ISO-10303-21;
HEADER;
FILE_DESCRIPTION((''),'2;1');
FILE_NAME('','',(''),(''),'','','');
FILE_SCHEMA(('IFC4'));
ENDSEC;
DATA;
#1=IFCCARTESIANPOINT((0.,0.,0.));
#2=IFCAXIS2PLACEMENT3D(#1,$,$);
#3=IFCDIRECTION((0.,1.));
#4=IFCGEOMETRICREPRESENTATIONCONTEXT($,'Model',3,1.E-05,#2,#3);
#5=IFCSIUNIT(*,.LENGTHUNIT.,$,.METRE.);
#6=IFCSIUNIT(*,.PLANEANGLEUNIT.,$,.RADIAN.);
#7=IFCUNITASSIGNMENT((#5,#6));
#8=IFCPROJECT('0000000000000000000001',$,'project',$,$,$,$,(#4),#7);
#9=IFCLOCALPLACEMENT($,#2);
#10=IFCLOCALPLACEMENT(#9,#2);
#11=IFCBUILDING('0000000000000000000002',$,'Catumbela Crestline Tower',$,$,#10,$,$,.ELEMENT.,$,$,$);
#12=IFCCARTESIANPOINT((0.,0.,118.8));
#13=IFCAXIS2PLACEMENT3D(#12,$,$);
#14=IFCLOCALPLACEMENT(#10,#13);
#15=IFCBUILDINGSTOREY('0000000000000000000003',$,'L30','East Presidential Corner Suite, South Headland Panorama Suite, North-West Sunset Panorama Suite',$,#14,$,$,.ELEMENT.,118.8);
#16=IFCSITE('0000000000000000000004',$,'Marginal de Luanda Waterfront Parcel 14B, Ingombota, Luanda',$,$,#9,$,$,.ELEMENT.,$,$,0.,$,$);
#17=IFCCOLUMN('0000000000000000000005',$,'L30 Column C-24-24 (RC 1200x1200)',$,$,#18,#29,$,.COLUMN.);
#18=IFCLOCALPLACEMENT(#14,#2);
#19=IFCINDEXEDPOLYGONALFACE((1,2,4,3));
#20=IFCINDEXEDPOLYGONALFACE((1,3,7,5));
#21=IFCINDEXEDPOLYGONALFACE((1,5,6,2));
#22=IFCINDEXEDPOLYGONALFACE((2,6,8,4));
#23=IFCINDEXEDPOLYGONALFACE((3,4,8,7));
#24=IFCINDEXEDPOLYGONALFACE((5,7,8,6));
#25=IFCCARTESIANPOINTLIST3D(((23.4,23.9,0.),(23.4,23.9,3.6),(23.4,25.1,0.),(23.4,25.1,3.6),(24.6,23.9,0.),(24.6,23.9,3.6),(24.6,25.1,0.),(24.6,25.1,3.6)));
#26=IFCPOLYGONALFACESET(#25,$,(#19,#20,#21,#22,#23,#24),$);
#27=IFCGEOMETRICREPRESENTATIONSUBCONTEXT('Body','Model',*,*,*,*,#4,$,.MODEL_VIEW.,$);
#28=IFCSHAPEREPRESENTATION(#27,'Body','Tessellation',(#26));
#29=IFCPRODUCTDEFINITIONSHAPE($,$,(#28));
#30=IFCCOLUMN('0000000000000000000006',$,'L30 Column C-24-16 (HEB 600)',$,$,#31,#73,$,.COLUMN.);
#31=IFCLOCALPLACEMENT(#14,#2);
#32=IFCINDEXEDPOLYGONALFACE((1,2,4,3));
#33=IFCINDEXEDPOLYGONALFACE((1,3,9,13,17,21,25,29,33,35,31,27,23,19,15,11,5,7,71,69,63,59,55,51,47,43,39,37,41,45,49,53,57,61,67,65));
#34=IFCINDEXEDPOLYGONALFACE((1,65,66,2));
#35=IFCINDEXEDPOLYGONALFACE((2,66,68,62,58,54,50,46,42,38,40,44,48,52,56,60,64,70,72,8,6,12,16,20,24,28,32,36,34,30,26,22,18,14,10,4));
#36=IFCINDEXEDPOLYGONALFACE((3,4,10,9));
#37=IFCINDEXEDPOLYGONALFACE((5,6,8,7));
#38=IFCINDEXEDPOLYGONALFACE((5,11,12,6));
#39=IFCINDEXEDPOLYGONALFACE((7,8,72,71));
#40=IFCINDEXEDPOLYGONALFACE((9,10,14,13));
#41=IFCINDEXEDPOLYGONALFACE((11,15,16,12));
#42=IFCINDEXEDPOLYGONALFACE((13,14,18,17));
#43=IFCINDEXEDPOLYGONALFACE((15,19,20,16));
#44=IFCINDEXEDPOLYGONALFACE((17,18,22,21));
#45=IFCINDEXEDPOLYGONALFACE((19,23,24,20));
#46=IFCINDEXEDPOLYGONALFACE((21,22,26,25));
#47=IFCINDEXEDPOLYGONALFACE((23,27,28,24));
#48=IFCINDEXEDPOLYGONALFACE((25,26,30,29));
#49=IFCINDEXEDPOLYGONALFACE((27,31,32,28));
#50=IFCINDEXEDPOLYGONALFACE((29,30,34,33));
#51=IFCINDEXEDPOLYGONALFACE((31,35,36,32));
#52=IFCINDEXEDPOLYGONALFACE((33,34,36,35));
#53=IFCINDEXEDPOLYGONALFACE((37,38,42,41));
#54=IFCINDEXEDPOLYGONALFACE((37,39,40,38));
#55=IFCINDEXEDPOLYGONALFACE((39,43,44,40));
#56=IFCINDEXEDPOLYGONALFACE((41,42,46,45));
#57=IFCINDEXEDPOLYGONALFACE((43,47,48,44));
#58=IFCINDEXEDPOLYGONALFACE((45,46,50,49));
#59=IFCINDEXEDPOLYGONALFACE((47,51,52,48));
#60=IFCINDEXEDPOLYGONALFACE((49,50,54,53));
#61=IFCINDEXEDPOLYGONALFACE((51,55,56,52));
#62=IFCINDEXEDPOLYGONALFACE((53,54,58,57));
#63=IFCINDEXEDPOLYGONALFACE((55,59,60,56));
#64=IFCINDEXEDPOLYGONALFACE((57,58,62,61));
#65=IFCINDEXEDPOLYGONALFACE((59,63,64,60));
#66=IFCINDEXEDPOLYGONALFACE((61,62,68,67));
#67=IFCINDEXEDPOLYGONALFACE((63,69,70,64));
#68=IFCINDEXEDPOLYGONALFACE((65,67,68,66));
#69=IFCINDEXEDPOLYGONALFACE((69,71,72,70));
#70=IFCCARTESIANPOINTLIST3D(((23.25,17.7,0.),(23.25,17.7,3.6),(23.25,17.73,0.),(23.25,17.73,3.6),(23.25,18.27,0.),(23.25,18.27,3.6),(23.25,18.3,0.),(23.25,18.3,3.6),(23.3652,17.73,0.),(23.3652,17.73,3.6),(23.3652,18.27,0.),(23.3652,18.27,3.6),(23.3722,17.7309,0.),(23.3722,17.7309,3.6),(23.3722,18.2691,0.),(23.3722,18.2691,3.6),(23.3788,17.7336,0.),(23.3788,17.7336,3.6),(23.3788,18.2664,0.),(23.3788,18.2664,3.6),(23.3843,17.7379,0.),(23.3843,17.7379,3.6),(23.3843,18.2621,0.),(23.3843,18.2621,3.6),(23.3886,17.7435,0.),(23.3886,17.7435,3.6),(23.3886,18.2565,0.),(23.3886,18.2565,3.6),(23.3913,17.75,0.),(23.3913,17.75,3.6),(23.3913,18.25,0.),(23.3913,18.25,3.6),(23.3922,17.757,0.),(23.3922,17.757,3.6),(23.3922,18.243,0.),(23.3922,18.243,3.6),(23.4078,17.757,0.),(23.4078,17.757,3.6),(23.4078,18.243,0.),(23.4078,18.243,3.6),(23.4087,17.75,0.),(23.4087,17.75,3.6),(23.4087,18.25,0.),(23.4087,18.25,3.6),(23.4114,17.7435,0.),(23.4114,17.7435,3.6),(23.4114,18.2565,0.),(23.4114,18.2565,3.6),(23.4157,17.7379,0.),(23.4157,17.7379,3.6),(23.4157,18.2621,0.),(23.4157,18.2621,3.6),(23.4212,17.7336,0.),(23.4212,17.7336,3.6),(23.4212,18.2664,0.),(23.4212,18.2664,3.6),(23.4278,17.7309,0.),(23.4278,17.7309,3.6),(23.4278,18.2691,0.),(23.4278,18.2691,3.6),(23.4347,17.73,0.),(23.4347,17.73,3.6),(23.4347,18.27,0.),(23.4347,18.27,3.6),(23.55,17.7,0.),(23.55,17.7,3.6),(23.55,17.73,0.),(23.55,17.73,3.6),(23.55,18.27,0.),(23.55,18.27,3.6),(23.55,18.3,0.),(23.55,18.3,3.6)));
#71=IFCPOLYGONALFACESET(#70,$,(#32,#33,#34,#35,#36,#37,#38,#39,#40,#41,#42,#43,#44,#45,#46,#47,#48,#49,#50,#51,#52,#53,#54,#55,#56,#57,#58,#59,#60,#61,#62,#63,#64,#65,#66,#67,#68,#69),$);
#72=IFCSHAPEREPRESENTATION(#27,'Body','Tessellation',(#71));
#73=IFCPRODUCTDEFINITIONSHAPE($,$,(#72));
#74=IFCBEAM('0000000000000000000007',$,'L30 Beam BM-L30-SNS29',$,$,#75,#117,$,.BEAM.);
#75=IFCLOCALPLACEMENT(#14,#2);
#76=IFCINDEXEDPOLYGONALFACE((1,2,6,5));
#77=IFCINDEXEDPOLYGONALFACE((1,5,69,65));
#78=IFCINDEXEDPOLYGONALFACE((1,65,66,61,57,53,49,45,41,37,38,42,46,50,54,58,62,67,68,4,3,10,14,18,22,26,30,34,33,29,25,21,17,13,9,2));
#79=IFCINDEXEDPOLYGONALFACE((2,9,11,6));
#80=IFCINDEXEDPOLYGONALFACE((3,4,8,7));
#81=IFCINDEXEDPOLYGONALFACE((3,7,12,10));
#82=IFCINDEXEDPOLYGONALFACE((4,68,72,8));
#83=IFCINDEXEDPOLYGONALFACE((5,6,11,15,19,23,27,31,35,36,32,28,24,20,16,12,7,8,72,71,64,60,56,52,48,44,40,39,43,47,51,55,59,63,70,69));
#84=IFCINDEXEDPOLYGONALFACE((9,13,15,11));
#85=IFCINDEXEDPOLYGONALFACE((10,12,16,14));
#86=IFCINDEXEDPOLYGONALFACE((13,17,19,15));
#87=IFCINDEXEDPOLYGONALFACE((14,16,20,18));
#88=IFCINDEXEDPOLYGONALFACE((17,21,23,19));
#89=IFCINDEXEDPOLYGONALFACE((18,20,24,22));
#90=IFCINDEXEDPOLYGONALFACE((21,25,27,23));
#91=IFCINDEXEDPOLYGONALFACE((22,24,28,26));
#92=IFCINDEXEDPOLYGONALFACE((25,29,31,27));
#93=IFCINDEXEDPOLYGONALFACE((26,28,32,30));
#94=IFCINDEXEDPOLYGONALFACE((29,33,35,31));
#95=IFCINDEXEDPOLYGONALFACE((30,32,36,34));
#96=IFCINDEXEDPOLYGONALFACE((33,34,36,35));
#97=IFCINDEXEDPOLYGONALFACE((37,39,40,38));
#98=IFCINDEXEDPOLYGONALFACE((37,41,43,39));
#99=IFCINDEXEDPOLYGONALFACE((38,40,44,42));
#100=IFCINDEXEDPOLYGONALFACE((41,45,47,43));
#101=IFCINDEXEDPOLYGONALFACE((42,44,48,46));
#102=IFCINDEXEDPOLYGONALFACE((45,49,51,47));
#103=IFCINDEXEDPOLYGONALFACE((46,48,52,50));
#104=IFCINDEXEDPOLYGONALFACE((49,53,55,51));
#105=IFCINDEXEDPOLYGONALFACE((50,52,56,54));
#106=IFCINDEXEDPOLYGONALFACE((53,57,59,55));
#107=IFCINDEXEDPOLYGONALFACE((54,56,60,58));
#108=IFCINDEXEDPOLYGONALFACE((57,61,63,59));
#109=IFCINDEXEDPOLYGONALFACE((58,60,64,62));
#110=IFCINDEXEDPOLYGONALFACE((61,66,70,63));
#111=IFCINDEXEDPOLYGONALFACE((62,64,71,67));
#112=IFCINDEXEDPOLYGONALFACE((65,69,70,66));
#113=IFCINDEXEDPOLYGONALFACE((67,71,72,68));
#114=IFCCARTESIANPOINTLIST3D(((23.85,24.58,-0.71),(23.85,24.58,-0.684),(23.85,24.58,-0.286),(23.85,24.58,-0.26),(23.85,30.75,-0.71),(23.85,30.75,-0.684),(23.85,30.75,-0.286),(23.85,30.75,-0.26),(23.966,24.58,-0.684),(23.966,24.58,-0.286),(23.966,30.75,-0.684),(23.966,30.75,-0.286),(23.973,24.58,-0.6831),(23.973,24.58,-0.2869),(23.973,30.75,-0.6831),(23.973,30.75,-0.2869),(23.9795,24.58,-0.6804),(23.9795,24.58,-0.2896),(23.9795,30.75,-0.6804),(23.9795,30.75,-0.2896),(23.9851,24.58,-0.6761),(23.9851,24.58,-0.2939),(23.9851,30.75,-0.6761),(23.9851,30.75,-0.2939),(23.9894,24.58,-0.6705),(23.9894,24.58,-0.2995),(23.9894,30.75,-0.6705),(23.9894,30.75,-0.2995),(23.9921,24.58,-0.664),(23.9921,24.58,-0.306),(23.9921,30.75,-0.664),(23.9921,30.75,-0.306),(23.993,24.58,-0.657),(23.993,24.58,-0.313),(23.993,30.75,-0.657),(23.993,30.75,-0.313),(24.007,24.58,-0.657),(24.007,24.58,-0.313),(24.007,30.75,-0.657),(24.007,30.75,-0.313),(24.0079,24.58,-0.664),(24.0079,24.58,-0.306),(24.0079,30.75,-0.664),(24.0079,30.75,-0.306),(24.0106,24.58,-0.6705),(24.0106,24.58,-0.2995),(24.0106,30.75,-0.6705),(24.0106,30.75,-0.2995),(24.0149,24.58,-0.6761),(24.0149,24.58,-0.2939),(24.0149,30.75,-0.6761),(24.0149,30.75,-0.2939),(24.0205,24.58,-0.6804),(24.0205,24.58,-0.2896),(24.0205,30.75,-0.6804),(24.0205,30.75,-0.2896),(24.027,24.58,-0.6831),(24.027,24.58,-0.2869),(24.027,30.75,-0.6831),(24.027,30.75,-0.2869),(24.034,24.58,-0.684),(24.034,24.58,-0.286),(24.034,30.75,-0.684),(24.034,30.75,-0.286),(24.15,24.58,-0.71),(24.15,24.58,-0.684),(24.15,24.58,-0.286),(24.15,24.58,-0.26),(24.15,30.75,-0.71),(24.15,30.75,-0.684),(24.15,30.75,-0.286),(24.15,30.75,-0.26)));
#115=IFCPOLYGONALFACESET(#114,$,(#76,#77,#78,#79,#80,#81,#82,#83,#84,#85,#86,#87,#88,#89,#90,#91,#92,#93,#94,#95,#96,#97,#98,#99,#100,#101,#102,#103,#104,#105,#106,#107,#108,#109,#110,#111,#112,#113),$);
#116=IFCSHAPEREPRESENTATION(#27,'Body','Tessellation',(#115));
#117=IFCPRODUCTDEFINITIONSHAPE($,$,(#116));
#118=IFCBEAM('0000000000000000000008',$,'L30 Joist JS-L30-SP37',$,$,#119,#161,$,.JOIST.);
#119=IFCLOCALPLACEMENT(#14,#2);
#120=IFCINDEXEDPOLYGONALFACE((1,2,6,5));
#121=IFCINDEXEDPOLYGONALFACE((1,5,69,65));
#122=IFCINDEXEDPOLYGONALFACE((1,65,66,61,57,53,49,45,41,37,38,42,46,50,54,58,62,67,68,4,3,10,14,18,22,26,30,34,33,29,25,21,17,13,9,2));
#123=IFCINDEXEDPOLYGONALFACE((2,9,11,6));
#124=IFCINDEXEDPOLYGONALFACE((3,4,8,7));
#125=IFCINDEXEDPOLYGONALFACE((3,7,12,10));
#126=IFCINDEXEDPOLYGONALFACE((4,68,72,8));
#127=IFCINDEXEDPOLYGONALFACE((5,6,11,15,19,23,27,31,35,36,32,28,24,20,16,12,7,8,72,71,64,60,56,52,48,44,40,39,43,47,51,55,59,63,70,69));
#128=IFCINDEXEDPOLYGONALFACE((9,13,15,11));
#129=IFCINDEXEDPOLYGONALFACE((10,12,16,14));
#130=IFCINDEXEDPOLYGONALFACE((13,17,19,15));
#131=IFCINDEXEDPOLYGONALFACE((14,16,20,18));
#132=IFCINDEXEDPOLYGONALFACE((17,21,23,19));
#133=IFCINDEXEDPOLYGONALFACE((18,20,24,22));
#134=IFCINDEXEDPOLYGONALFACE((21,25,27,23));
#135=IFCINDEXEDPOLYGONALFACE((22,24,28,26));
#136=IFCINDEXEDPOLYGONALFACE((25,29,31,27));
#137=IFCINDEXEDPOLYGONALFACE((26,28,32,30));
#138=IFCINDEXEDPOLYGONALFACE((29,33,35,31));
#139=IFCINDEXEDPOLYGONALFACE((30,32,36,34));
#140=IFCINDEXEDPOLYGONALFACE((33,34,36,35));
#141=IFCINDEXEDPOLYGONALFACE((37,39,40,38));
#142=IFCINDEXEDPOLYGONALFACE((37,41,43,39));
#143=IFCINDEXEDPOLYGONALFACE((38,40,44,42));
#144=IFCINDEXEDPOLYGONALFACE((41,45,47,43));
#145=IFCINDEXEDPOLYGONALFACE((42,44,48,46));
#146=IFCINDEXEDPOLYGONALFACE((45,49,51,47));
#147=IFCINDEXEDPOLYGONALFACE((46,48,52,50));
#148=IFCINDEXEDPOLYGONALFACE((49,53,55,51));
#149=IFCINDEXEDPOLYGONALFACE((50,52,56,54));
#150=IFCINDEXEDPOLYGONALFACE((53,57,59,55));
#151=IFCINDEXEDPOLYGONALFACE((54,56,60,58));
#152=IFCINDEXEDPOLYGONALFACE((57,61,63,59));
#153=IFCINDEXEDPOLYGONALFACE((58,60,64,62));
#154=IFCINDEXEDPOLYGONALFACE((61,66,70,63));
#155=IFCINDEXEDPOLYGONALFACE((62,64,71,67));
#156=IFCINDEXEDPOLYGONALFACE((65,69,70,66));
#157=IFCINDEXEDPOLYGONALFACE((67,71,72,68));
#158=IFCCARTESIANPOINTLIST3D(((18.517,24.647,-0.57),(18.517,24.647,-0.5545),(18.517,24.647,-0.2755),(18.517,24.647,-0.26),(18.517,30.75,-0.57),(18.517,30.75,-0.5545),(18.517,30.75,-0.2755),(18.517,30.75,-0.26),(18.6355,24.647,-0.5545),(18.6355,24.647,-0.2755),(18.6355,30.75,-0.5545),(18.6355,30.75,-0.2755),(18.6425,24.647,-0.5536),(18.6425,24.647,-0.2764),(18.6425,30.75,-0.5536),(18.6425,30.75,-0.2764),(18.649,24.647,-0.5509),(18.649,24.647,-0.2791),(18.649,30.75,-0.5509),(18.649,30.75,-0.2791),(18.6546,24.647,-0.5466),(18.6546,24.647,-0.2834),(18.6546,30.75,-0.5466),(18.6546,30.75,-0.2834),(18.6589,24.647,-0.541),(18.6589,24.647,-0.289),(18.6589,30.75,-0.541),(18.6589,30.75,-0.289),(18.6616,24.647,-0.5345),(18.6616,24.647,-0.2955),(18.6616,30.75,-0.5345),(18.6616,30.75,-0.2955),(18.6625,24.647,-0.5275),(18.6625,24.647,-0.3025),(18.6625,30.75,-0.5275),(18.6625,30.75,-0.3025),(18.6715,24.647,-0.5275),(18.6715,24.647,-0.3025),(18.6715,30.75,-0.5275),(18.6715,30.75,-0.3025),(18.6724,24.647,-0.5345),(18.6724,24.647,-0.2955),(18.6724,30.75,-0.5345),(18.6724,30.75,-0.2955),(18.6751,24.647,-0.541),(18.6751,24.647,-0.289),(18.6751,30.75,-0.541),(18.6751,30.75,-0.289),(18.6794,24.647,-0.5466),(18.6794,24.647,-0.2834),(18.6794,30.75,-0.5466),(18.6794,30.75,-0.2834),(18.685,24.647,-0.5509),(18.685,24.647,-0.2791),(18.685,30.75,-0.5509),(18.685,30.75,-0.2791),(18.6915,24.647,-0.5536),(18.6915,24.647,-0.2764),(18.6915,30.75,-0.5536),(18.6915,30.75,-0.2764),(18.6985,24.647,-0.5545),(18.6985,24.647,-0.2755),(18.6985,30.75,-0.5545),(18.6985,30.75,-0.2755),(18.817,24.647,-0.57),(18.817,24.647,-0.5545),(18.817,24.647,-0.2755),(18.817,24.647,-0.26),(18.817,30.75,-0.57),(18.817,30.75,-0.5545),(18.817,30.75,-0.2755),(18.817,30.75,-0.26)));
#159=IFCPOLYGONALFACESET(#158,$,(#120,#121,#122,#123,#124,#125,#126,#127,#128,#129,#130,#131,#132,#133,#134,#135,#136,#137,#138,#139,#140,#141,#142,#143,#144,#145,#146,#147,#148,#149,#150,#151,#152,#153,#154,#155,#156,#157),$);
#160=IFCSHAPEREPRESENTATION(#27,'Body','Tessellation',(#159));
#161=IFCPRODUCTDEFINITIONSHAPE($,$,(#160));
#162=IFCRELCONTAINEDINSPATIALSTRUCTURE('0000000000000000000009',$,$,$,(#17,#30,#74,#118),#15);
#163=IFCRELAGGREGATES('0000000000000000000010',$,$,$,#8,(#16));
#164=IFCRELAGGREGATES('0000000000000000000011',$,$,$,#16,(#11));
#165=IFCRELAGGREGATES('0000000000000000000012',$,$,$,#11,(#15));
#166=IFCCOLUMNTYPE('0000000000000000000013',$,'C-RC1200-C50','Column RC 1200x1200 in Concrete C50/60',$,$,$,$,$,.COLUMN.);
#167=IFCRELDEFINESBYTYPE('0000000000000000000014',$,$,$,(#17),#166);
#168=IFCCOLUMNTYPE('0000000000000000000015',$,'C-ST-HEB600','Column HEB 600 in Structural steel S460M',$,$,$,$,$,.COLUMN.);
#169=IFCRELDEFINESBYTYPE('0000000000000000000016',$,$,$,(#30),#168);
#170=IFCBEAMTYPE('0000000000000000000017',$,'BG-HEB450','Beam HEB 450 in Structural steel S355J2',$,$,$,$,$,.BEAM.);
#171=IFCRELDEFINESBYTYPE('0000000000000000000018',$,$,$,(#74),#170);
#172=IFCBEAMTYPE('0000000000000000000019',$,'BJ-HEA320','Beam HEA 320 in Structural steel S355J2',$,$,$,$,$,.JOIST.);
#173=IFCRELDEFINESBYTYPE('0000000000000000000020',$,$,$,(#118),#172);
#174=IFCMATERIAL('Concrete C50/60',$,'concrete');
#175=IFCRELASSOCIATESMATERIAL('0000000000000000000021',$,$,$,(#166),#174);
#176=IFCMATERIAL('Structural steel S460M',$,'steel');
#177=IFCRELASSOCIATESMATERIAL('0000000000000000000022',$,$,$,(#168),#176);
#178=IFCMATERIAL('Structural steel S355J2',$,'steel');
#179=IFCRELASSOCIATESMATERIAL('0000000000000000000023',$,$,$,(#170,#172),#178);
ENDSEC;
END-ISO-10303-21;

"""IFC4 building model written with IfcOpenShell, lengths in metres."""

from ifc_helpers import new_model, si_unit, direction, frame, origin, origin_2d, place, context, subcontext, project, spatial, rectangle, i_section, extrude, material, material_profile, profile_set, type_object, element, save


model = new_model("IFC4")

# Units and contexts
model_context = context("Model", 3, precision=1e-05, world=origin(), true_north=direction((0.0, 1.0)))
body_context = subcontext(model_context, "Body", "Model", "MODEL_VIEW")
ifc_project = project(units=[si_unit("LENGTHUNIT", "METRE"), si_unit("PLANEANGLEUNIT", "RADIAN")], contexts=[model_context])

# Site, building, storey
site_placement = place(None, origin())
site = spatial("IfcSite", under=ifc_project, at=site_placement, Name="Marginal de Luanda Waterfront Parcel 14B, Ingombota, Luanda", CompositionType="ELEMENT", RefElevation=0.0)
building_placement = place(site_placement, origin())
building = spatial("IfcBuilding", under=site, at=building_placement, Name="Catumbela Crestline Tower", CompositionType="ELEMENT")
storey_placement = place(building_placement, frame((0.0, 0.0, 118.8)))
storey = spatial("IfcBuildingStorey", under=building, at=storey_placement, Name="L30", Description="East Presidential Corner Suite, South Headland Panorama Suite, North-West Sunset Panorama Suite", CompositionType="ELEMENT", Elevation=118.8)

# Columns
ifc_material_1 = material(Name="Concrete C50/60", Category="concrete")
ifc_material_profile_1 = material_profile(ifc_material_1, rectangle(XDim=1.2, YDim=1.2, at=origin_2d()), Name="RC 1200x1200")
ifc_profile_set_1 = profile_set([ifc_material_profile_1], Name="Concrete C50/60")
column_type_1 = type_object("IfcColumnType", Name="C-RC1200-C50", Description="Column RC 1200x1200 in Concrete C50/60", PredefinedType="COLUMN", material=ifc_profile_set_1)
column_1_placement = place(storey_placement, frame((24.0, 24.5, 0.0), z_axis=(0.0, 0.0, 1.0), x_axis=(1.0, 0.0, 0.0)))
element("IfcColumn", 1, at=column_1_placement, inside=storey, type_object=column_type_1, Name="L30 Column C-24-24 (RC 1200x1200)", PredefinedType="COLUMN", context=body_context, shape_type="SweptSolid", body=[
    extrude(rectangle(XDim=1.2, YDim=1.2, at=origin_2d()), origin(), (0.0, 0.0, 1.0), 3.6),
])
ifc_material_2 = material(Name="Structural steel S460M", Category="steel")
ifc_material_profile_2 = material_profile(ifc_material_2, i_section(OverallWidth=0.3, OverallDepth=0.6, WebThickness=0.0155, FlangeThickness=0.03, FilletRadius=0.027, at=origin_2d()), Name="HEB 600")
ifc_profile_set_2 = profile_set([ifc_material_profile_2], Name="Structural steel S460M")
column_type_2 = type_object("IfcColumnType", Name="C-ST-HEB600", Description="Column HEB 600 in Structural steel S460M", PredefinedType="COLUMN", material=ifc_profile_set_2)
column_2_placement = place(storey_placement, frame((23.4, 18.0, 0.0), z_axis=(0.0, 0.0, 1.0), x_axis=(1.0, 0.0, 0.0)))
element("IfcColumn", 2, at=column_2_placement, inside=storey, type_object=column_type_2, Name="L30 Column C-24-16 (HEB 600)", PredefinedType="COLUMN", context=body_context, shape_type="SweptSolid", body=[
    extrude(i_section(OverallWidth=0.3, OverallDepth=0.6, WebThickness=0.0155, FlangeThickness=0.03, FilletRadius=0.027, at=origin_2d()), origin(), (0.0, 0.0, 1.0), 3.6),
])

# Beams
ifc_material_3 = material(Name="Structural steel S355J2", Category="steel")
ifc_material_profile_3 = material_profile(ifc_material_3, i_section(OverallWidth=0.3, OverallDepth=0.45, WebThickness=0.014, FlangeThickness=0.026, FilletRadius=0.027, at=origin_2d()), Name="HEB 450")
ifc_profile_set_3 = profile_set([ifc_material_profile_3], Name="Structural steel S355J2")
beam_type_1 = type_object("IfcBeamType", Name="BG-HEB450", Description="Beam HEB 450 in Structural steel S355J2", PredefinedType="BEAM", material=ifc_profile_set_3)
beam_1_placement = place(storey_placement, frame((24.0, 24.58, -0.485), z_axis=(0.0, 1.0, 0.0), x_axis=(-1.0, 0.0, 0.0)))
element("IfcBeam", 3, at=beam_1_placement, inside=storey, type_object=beam_type_1, Name="L30 Beam BM-L30-SNS29", PredefinedType="BEAM", context=body_context, shape_type="SweptSolid", body=[
    extrude(i_section(OverallWidth=0.3, OverallDepth=0.45, WebThickness=0.014, FlangeThickness=0.026, FilletRadius=0.027, at=origin_2d()), origin(), (0.0, 0.0, 1.0), 6.17),
])
ifc_material_profile_4 = material_profile(ifc_material_3, i_section(OverallWidth=0.3, OverallDepth=0.31, WebThickness=0.009, FlangeThickness=0.0155, FilletRadius=0.027, at=origin_2d()), Name="HEA 320")
ifc_profile_set_4 = profile_set([ifc_material_profile_4], Name="Structural steel S355J2")
beam_type_2 = type_object("IfcBeamType", Name="BJ-HEA320", Description="Beam HEA 320 in Structural steel S355J2", PredefinedType="JOIST", material=ifc_profile_set_4)
for number, where, z_axis, x_axis, name in (
    (4, (18.667, 24.647, -0.415), (0.0, 1.0, 0.0), (-1.0, 0.0, 0.0), "L30 Joist JS-L30-SP37"),
):
    element("IfcBeam", number, at=place(storey_placement, frame(where, z_axis=z_axis, x_axis=x_axis)), inside=storey, type_object=beam_type_2, Name=name, PredefinedType="JOIST", context=body_context, shape_type="SweptSolid", body=[
        extrude(i_section(OverallWidth=0.3, OverallDepth=0.31, WebThickness=0.009, FlangeThickness=0.0155, FilletRadius=0.027, at=origin_2d()), origin(), (0.0, 0.0, 1.0), 6.103),
    ])

save(model, "model.ifc")
